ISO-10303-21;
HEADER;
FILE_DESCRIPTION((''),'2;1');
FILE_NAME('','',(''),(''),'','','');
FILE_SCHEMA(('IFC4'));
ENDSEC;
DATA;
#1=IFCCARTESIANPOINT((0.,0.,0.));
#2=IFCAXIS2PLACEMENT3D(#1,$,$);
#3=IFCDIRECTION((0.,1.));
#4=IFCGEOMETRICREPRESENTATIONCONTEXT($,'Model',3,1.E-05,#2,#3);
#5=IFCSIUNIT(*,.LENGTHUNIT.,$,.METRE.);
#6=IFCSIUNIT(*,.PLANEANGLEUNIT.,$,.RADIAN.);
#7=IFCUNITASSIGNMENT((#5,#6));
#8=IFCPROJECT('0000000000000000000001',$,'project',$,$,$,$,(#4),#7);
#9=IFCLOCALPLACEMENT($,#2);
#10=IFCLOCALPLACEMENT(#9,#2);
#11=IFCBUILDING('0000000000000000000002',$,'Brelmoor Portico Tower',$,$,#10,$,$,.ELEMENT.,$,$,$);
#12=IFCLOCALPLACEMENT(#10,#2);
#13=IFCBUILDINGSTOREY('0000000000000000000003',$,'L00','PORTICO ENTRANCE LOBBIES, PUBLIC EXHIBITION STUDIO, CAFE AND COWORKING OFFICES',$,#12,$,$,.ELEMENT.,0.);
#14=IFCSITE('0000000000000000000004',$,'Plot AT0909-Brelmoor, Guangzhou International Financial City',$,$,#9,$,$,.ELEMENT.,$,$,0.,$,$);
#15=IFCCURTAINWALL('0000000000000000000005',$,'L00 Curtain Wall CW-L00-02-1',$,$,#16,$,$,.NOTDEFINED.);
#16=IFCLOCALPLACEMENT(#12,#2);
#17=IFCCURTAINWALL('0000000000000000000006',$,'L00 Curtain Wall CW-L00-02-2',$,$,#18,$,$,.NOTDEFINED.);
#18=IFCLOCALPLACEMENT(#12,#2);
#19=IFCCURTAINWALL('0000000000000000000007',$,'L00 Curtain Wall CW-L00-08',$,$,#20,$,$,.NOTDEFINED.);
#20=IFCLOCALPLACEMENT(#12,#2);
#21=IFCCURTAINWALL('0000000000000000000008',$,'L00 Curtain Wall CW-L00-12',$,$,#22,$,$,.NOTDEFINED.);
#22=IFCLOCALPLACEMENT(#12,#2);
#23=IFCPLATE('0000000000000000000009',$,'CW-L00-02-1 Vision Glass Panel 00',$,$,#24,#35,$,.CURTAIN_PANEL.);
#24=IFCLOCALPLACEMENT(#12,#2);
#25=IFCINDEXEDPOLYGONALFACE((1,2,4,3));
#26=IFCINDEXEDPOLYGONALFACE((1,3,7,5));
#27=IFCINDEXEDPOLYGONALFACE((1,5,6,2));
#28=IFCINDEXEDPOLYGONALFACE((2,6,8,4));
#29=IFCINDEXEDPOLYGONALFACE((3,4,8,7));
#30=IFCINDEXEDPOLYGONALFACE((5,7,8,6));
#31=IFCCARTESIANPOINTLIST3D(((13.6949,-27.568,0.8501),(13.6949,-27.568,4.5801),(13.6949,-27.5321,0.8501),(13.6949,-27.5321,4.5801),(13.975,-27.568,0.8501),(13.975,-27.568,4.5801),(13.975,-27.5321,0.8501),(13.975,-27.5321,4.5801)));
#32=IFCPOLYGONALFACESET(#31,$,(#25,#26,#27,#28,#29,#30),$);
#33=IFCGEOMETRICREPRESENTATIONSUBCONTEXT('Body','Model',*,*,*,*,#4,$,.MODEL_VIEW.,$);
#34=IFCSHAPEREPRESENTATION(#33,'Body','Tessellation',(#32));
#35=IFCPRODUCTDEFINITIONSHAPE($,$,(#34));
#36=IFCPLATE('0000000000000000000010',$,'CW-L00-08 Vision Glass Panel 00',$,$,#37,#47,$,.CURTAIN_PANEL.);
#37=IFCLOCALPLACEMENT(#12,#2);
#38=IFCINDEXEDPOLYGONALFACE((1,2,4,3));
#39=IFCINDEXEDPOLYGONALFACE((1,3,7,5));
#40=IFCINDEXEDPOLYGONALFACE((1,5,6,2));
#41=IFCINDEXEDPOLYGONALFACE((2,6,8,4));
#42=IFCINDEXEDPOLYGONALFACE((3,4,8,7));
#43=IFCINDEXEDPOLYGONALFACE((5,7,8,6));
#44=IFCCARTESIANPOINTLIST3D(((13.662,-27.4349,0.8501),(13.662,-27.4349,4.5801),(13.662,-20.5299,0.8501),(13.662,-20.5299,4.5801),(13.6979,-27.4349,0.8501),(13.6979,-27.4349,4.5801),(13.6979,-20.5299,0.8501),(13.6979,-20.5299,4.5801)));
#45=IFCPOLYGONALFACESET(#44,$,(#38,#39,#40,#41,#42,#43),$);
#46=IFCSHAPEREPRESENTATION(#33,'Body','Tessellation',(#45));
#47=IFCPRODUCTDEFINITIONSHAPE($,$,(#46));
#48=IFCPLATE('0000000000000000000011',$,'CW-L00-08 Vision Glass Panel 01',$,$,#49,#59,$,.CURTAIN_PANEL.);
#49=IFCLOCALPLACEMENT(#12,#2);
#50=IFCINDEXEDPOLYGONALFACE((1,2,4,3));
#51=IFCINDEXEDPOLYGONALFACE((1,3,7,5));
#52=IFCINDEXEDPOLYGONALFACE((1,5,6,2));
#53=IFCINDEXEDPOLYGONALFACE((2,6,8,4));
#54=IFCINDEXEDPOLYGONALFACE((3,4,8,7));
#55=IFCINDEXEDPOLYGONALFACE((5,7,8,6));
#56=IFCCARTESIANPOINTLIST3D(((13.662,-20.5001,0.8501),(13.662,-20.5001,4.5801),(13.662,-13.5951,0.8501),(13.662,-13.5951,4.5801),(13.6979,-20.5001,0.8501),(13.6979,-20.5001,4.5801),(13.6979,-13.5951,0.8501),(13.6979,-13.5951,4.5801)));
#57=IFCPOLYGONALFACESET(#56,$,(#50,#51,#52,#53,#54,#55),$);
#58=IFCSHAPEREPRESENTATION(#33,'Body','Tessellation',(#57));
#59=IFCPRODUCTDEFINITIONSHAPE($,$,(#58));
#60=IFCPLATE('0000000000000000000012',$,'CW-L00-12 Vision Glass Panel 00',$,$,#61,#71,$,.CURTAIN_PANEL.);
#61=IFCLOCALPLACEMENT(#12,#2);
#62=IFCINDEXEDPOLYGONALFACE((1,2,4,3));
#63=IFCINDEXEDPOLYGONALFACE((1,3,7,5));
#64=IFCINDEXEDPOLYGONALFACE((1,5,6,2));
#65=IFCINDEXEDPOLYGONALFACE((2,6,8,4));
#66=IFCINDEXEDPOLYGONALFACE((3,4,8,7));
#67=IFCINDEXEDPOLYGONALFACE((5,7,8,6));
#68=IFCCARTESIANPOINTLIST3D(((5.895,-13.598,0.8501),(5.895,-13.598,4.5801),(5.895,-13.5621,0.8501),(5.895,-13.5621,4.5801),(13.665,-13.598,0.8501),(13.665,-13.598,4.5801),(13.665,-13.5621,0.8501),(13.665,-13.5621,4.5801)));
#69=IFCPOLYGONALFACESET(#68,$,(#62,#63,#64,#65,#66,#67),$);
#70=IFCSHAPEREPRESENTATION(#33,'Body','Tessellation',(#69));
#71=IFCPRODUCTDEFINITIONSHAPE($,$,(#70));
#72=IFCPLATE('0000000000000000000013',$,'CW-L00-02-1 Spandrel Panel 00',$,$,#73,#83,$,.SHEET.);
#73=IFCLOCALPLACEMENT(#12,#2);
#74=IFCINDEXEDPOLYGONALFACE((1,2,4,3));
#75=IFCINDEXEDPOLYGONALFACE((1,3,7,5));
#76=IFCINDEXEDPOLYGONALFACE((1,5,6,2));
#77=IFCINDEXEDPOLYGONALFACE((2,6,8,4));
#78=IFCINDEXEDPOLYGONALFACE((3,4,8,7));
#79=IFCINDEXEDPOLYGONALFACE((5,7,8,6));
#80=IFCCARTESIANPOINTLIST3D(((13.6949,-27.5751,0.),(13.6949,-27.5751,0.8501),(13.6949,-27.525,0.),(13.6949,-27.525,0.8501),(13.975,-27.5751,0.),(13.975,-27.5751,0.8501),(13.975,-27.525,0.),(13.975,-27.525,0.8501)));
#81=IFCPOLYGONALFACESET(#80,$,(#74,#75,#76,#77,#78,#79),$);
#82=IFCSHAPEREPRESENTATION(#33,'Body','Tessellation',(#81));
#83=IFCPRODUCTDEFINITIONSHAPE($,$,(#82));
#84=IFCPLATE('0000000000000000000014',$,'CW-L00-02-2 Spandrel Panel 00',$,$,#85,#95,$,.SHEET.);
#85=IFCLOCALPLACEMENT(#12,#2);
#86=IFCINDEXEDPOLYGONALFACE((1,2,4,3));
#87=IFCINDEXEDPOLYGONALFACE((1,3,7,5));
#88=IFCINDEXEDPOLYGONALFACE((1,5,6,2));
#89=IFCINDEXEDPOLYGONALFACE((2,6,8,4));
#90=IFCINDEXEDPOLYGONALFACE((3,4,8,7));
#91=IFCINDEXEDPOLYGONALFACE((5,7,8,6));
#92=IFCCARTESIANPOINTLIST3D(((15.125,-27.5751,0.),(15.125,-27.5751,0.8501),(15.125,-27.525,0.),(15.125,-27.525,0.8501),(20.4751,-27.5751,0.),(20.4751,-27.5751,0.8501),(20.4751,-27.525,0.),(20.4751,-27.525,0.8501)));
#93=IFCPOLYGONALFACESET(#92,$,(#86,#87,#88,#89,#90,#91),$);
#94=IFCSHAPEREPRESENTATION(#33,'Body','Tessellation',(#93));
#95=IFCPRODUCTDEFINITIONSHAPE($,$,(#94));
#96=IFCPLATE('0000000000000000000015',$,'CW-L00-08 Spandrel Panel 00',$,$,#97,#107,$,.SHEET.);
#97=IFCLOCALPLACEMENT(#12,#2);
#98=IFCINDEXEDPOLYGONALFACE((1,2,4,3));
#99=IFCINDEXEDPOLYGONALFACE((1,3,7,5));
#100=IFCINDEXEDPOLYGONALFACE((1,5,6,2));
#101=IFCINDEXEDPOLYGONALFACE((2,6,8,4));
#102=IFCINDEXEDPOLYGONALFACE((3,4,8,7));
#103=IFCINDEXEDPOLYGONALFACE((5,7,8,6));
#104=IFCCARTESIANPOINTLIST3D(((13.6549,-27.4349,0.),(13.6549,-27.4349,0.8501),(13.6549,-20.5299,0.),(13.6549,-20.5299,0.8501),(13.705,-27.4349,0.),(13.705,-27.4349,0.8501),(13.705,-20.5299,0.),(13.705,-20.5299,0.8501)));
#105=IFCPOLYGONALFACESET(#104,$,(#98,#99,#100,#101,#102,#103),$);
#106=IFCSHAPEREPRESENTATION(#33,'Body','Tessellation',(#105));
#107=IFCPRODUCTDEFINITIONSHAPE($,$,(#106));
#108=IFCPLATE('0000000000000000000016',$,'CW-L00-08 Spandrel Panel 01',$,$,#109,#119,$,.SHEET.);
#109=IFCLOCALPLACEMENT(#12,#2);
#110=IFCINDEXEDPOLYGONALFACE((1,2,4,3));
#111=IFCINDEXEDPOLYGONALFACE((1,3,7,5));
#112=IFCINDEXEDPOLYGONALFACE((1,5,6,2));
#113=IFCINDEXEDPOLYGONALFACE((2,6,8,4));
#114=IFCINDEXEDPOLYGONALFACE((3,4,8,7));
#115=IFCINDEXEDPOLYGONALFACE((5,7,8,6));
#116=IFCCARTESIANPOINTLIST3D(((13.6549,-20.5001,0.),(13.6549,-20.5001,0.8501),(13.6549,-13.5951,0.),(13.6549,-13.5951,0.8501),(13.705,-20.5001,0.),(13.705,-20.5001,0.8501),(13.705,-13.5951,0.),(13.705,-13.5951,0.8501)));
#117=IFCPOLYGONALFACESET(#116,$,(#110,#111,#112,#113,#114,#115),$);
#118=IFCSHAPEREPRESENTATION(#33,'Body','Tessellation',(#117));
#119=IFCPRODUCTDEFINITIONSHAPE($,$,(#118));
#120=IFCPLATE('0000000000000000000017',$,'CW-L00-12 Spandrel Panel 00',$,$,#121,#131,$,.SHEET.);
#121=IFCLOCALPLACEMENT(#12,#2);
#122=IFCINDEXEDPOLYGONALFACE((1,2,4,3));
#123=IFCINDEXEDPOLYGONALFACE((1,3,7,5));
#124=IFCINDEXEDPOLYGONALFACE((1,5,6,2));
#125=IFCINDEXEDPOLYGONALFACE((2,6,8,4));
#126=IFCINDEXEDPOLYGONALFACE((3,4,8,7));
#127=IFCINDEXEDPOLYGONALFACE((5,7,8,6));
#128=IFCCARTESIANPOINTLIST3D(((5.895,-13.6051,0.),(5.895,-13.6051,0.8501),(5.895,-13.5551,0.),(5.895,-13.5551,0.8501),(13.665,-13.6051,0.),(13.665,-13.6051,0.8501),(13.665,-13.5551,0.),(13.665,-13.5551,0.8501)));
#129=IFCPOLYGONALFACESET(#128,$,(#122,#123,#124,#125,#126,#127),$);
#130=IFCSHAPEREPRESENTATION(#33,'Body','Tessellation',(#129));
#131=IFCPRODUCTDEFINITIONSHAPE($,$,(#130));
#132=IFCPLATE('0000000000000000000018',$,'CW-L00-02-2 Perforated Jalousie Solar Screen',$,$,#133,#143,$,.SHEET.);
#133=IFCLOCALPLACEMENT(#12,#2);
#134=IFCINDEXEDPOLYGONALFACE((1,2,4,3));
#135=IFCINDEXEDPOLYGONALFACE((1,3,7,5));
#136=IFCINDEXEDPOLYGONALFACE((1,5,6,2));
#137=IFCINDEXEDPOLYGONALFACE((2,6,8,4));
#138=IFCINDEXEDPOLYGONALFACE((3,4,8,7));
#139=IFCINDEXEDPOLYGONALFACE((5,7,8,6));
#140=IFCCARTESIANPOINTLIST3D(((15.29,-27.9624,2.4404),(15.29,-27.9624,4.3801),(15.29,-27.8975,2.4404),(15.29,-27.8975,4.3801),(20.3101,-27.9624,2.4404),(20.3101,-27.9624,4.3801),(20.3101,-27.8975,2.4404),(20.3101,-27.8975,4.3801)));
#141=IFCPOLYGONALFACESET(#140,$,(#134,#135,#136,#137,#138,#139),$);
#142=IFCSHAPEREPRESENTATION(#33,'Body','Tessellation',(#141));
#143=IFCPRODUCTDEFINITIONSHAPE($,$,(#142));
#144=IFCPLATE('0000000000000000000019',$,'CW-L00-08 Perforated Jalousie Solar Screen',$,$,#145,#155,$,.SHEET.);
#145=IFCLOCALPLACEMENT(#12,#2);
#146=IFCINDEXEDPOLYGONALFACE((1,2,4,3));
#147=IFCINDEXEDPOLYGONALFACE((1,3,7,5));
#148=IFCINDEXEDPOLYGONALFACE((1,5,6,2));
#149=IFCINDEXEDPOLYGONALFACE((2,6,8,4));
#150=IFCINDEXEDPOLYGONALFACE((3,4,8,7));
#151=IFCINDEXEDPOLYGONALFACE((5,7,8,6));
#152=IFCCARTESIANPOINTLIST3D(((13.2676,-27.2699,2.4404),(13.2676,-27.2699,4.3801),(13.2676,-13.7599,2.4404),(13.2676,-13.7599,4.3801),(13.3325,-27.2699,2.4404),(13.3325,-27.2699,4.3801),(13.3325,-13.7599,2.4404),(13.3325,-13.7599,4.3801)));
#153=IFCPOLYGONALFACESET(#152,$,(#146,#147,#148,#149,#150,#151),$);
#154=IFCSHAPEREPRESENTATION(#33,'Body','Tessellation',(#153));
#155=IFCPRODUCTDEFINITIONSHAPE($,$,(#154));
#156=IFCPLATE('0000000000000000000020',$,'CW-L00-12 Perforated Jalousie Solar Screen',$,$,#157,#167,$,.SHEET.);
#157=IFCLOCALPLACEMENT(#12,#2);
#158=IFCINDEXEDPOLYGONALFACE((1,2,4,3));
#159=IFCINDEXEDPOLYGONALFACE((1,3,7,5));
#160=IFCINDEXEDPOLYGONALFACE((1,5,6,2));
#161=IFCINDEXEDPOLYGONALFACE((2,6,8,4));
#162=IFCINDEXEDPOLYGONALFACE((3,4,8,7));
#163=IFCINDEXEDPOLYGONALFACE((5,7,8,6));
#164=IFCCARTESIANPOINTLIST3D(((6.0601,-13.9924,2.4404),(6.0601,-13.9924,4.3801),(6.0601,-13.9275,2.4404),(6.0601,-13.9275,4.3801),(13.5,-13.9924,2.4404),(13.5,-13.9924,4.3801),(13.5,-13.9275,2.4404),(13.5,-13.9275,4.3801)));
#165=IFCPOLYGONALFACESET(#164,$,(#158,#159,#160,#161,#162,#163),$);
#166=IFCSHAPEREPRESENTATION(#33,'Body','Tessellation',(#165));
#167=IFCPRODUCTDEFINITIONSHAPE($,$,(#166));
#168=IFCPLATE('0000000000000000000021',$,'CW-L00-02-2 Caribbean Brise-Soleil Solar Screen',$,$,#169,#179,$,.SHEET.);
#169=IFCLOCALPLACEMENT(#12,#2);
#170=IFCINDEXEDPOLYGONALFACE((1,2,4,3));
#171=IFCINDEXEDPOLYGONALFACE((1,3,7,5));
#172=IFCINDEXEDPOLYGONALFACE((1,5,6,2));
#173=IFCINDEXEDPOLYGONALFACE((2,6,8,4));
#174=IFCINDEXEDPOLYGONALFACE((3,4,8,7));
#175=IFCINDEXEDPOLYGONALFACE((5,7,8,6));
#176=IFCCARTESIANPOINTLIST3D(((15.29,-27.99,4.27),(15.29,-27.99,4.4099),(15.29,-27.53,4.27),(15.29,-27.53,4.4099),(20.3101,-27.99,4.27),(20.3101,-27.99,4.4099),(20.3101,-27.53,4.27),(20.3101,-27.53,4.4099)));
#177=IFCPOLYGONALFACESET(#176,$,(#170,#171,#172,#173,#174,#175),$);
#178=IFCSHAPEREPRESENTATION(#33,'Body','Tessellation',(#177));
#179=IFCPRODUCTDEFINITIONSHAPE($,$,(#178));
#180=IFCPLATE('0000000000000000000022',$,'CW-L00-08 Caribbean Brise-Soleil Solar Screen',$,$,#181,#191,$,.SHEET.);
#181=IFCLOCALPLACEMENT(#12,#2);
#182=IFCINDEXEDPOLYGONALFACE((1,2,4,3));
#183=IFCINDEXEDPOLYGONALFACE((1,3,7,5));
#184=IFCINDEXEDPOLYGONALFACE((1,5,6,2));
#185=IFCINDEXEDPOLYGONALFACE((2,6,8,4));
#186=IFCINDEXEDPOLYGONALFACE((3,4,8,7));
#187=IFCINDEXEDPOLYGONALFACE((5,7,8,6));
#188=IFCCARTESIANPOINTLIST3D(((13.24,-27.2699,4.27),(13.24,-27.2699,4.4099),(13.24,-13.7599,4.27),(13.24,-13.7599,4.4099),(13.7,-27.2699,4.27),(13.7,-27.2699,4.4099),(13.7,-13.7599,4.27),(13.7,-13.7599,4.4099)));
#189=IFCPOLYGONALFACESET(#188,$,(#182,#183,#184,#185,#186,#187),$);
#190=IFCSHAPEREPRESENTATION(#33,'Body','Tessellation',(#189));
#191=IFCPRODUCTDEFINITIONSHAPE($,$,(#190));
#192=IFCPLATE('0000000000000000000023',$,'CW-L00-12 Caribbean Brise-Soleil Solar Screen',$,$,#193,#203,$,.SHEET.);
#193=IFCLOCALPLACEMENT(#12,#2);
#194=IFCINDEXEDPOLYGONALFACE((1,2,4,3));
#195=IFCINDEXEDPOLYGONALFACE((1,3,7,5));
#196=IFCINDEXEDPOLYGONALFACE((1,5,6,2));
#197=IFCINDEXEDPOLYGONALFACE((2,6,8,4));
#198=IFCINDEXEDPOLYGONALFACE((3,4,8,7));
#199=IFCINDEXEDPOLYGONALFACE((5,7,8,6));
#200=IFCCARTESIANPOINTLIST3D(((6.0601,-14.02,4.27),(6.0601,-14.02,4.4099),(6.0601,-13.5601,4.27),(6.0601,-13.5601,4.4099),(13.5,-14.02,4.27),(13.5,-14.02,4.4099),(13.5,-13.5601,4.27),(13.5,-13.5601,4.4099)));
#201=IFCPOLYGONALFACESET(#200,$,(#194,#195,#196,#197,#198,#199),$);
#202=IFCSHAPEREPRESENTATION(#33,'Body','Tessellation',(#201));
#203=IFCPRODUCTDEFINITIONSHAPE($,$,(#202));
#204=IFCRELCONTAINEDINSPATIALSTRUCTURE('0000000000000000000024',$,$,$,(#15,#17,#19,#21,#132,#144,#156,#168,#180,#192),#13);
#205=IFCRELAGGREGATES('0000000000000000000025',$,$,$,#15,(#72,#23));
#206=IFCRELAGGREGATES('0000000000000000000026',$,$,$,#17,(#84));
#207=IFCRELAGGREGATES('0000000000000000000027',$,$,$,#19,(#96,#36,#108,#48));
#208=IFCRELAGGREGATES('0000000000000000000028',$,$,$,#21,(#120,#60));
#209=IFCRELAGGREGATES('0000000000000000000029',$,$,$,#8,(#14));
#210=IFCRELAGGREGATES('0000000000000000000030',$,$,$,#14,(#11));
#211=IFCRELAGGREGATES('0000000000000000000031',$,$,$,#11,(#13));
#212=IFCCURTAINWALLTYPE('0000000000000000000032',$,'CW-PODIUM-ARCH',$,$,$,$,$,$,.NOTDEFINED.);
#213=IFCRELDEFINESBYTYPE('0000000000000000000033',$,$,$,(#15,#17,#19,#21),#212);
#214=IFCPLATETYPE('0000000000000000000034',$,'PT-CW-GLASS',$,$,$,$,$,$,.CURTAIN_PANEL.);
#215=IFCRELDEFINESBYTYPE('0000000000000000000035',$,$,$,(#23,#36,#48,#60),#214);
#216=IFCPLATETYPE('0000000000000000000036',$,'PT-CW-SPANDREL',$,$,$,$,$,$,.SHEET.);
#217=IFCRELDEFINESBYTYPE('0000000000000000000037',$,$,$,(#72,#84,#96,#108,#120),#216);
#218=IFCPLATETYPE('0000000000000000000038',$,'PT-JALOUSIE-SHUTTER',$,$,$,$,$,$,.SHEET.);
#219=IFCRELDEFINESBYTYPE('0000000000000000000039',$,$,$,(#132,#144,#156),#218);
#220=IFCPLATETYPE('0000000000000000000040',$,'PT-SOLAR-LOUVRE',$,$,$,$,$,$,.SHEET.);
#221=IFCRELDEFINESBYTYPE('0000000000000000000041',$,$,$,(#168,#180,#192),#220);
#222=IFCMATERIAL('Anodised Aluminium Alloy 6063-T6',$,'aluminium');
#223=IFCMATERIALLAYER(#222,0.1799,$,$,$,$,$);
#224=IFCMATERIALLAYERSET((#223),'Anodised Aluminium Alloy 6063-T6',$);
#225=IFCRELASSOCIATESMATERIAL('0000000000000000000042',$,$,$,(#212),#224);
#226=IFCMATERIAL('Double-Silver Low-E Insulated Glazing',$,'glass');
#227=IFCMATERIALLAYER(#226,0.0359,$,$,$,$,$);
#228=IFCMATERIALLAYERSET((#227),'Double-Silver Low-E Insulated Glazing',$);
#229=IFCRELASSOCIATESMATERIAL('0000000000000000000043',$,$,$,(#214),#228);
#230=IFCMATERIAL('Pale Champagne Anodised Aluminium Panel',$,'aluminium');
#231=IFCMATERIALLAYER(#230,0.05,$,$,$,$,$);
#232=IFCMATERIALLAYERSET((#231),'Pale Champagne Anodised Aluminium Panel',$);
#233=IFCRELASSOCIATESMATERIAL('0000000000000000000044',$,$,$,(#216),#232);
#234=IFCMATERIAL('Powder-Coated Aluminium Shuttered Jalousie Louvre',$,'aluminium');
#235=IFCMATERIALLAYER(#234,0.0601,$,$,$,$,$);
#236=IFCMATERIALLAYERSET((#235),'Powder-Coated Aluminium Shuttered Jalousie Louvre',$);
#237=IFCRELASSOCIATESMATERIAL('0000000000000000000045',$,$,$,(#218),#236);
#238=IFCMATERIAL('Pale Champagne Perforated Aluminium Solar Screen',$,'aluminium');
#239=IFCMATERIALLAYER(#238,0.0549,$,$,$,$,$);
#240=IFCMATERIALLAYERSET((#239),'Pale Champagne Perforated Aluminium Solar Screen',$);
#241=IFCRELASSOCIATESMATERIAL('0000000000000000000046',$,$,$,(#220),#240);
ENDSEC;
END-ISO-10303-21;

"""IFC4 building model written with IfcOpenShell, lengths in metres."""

from ifc_helpers import new_model, si_unit, direction, frame, origin, origin_2d, place, context, subcontext, project, spatial, rectangle, extrude, material, layer, layer_set, type_object, element, aggregate, save


model = new_model("IFC4")

# Units and contexts
model_context = context("Model", 3, precision=1e-05, world=origin(), true_north=direction((0.0, 1.0)))
body_context = subcontext(model_context, "Body", "Model", "MODEL_VIEW")
ifc_project = project(units=[si_unit("LENGTHUNIT", "METRE"), si_unit("PLANEANGLEUNIT", "RADIAN")], contexts=[model_context])

# Site, building, storey
site_placement = place(None, origin())
site = spatial("IfcSite", under=ifc_project, at=site_placement, Name="Plot AT0909-Brelmoor, Guangzhou International Financial City", CompositionType="ELEMENT", RefElevation=0.0)
building_placement = place(site_placement, origin())
building = spatial("IfcBuilding", under=site, at=building_placement, Name="Brelmoor Portico Tower", CompositionType="ELEMENT")
storey_placement = place(building_placement, origin())
storey = spatial("IfcBuildingStorey", under=building, at=storey_placement, Name="L00", Description="PORTICO ENTRANCE LOBBIES, PUBLIC EXHIBITION STUDIO, CAFE AND COWORKING OFFICES", CompositionType="ELEMENT", Elevation=0.0)

# Curtain wall
ifc_material_1 = material(Name="Anodised Aluminium Alloy 6063-T6", Category="aluminium")
ifc_layer_1 = layer(ifc_material_1, 0.1799)
ifc_layer_set_1 = layer_set([ifc_layer_1], Name="Anodised Aluminium Alloy 6063-T6")
curtain_wall_type = type_object("IfcCurtainWallType", Name="CW-PODIUM-ARCH", PredefinedType="NOTDEFINED", material=ifc_layer_set_1)
curtain_wall_1_placement = place(storey_placement, origin())
curtain_wall_1 = element("IfcCurtainWall", 1, at=curtain_wall_1_placement, inside=storey, type_object=curtain_wall_type, Name="L00 Curtain Wall CW-L00-02-1", PredefinedType="NOTDEFINED")

# Curtain wall
curtain_wall_2_placement = place(storey_placement, origin())
curtain_wall_2 = element("IfcCurtainWall", 2, at=curtain_wall_2_placement, inside=storey, type_object=curtain_wall_type, Name="L00 Curtain Wall CW-L00-02-2", PredefinedType="NOTDEFINED")

# Curtain wall
curtain_wall_3_placement = place(storey_placement, origin())
curtain_wall_3 = element("IfcCurtainWall", 3, at=curtain_wall_3_placement, inside=storey, type_object=curtain_wall_type, Name="L00 Curtain Wall CW-L00-08", PredefinedType="NOTDEFINED")

# Curtain wall
curtain_wall_4_placement = place(storey_placement, origin())
curtain_wall_4 = element("IfcCurtainWall", 4, at=curtain_wall_4_placement, inside=storey, type_object=curtain_wall_type, Name="L00 Curtain Wall CW-L00-12", PredefinedType="NOTDEFINED")

# Plates
ifc_material_2 = material(Name="Double-Silver Low-E Insulated Glazing", Category="glass")
ifc_layer_2 = layer(ifc_material_2, 0.0359)
ifc_layer_set_2 = layer_set([ifc_layer_2], Name="Double-Silver Low-E Insulated Glazing")
plate_type_1 = type_object("IfcPlateType", Name="PT-CW-GLASS", PredefinedType="CURTAIN_PANEL", material=ifc_layer_set_2)
plate_1_placement = place(storey_placement, frame((13.835, -27.55, 0.8501), z_axis=(0.0, 0.0, 1.0), x_axis=(1.0, 0.0, 0.0)))
plate_1 = element("IfcPlate", 5, at=plate_1_placement, type_object=plate_type_1, Name="CW-L00-02-1 Vision Glass Panel 00", PredefinedType="CURTAIN_PANEL", context=body_context, shape_type="SweptSolid", body=[
    extrude(rectangle(XDim=0.28, YDim=0.0359, at=origin_2d()), origin(), (0.0, 0.0, 1.0), 3.73),
])
plate_2_placement = place(storey_placement, frame((13.6799, -23.9824, 0.8501), z_axis=(0.0, 0.0, 1.0), x_axis=(0.0, 1.0, 0.0)))
plate_2 = element("IfcPlate", 6, at=plate_2_placement, type_object=plate_type_1, Name="CW-L00-08 Vision Glass Panel 00", PredefinedType="CURTAIN_PANEL", context=body_context, shape_type="SweptSolid", body=[
    extrude(rectangle(XDim=6.905, YDim=0.0359, at=origin_2d()), origin(), (0.0, 0.0, 1.0), 3.73),
])
plate_3_placement = place(storey_placement, frame((13.6799, -17.0476, 0.8501), z_axis=(0.0, 0.0, 1.0), x_axis=(0.0, 1.0, 0.0)))
plate_3 = element("IfcPlate", 7, at=plate_3_placement, type_object=plate_type_1, Name="CW-L00-08 Vision Glass Panel 01", PredefinedType="CURTAIN_PANEL", context=body_context, shape_type="SweptSolid", body=[
    extrude(rectangle(XDim=6.905, YDim=0.0359, at=origin_2d()), origin(), (0.0, 0.0, 1.0), 3.73),
])
plate_4_placement = place(storey_placement, frame((9.78, -13.5801, 0.8501), z_axis=(0.0, 0.0, 1.0), x_axis=(1.0, 0.0, 0.0)))
plate_4 = element("IfcPlate", 8, at=plate_4_placement, type_object=plate_type_1, Name="CW-L00-12 Vision Glass Panel 00", PredefinedType="CURTAIN_PANEL", context=body_context, shape_type="SweptSolid", body=[
    extrude(rectangle(XDim=7.77, YDim=0.0359, at=origin_2d()), origin(), (0.0, 0.0, 1.0), 3.73),
])
ifc_material_3 = material(Name="Pale Champagne Anodised Aluminium Panel", Category="aluminium")
ifc_layer_3 = layer(ifc_material_3, 0.05)
ifc_layer_set_3 = layer_set([ifc_layer_3], Name="Pale Champagne Anodised Aluminium Panel")
plate_type_2 = type_object("IfcPlateType", Name="PT-CW-SPANDREL", PredefinedType="SHEET", material=ifc_layer_set_3)
plate_5_placement = place(storey_placement, frame((13.835, -27.55, 0.0), z_axis=(0.0, 0.0, 1.0), x_axis=(1.0, 0.0, 0.0)))
plate_5 = element("IfcPlate", 9, at=plate_5_placement, type_object=plate_type_2, Name="CW-L00-02-1 Spandrel Panel 00", PredefinedType="SHEET", context=body_context, shape_type="SweptSolid", body=[
    extrude(rectangle(XDim=0.28, YDim=0.05, at=origin_2d()), origin(), (0.0, 0.0, 1.0), 0.8501),
])
aggregate(curtain_wall_1, [plate_5, plate_1])
plate_6_placement = place(storey_placement, frame((17.8, -27.55, 0.0), z_axis=(0.0, 0.0, 1.0), x_axis=(1.0, 0.0, 0.0)))
plate_6 = element("IfcPlate", 10, at=plate_6_placement, type_object=plate_type_2, Name="CW-L00-02-2 Spandrel Panel 00", PredefinedType="SHEET", context=body_context, shape_type="SweptSolid", body=[
    extrude(rectangle(XDim=5.3501, YDim=0.05, at=origin_2d()), origin(), (0.0, 0.0, 1.0), 0.8501),
])
aggregate(curtain_wall_2, [plate_6])
plate_7_placement = place(storey_placement, frame((13.6799, -23.9824, 0.0), z_axis=(0.0, 0.0, 1.0), x_axis=(0.0, 1.0, 0.0)))
plate_7 = element("IfcPlate", 11, at=plate_7_placement, type_object=plate_type_2, Name="CW-L00-08 Spandrel Panel 00", PredefinedType="SHEET", context=body_context, shape_type="SweptSolid", body=[
    extrude(rectangle(XDim=6.905, YDim=0.05, at=origin_2d()), origin(), (0.0, 0.0, 1.0), 0.8501),
])
plate_8_placement = place(storey_placement, frame((13.6799, -17.0476, 0.0), z_axis=(0.0, 0.0, 1.0), x_axis=(0.0, 1.0, 0.0)))
plate_8 = element("IfcPlate", 12, at=plate_8_placement, type_object=plate_type_2, Name="CW-L00-08 Spandrel Panel 01", PredefinedType="SHEET", context=body_context, shape_type="SweptSolid", body=[
    extrude(rectangle(XDim=6.905, YDim=0.05, at=origin_2d()), origin(), (0.0, 0.0, 1.0), 0.8501),
])
aggregate(curtain_wall_3, [plate_7, plate_2, plate_8, plate_3])
plate_9_placement = place(storey_placement, frame((9.78, -13.5801, 0.0), z_axis=(0.0, 0.0, 1.0), x_axis=(1.0, 0.0, 0.0)))
plate_9 = element("IfcPlate", 13, at=plate_9_placement, type_object=plate_type_2, Name="CW-L00-12 Spandrel Panel 00", PredefinedType="SHEET", context=body_context, shape_type="SweptSolid", body=[
    extrude(rectangle(XDim=7.77, YDim=0.05, at=origin_2d()), origin(), (0.0, 0.0, 1.0), 0.8501),
])
aggregate(curtain_wall_4, [plate_9, plate_4])

# Plates
ifc_material_4 = material(Name="Powder-Coated Aluminium Shuttered Jalousie Louvre", Category="aluminium")
ifc_layer_4 = layer(ifc_material_4, 0.0601)
ifc_layer_set_4 = layer_set([ifc_layer_4], Name="Powder-Coated Aluminium Shuttered Jalousie Louvre")
plate_type_3 = type_object("IfcPlateType", Name="PT-JALOUSIE-SHUTTER", PredefinedType="SHEET", material=ifc_layer_set_4)
plate_10_placement = place(storey_placement, frame((17.8, -27.9299, 2.4404), z_axis=(0.0, 0.0, 1.0), x_axis=(1.0, 0.0, 0.0)))
element("IfcPlate", 14, at=plate_10_placement, inside=storey, type_object=plate_type_3, Name="CW-L00-02-2 Perforated Jalousie Solar Screen", PredefinedType="SHEET", context=body_context, shape_type="SweptSolid", body=[
    extrude(rectangle(XDim=5.02, YDim=0.0649, at=origin_2d()), origin(), (0.0, 0.0, 1.0), 1.9397),
])
plate_11_placement = place(storey_placement, frame((13.3, -20.5149, 2.4404), z_axis=(0.0, 0.0, 1.0), x_axis=(0.0, 1.0, 0.0)))
element("IfcPlate", 15, at=plate_11_placement, inside=storey, type_object=plate_type_3, Name="CW-L00-08 Perforated Jalousie Solar Screen", PredefinedType="SHEET", context=body_context, shape_type="SweptSolid", body=[
    extrude(rectangle(XDim=13.51, YDim=0.0649, at=origin_2d()), origin(), (0.0, 0.0, 1.0), 1.9397),
])
plate_12_placement = place(storey_placement, frame((9.78, -13.96, 2.4404), z_axis=(0.0, 0.0, 1.0), x_axis=(1.0, 0.0, 0.0)))
element("IfcPlate", 16, at=plate_12_placement, inside=storey, type_object=plate_type_3, Name="CW-L00-12 Perforated Jalousie Solar Screen", PredefinedType="SHEET", context=body_context, shape_type="SweptSolid", body=[
    extrude(rectangle(XDim=7.4399, YDim=0.0649, at=origin_2d()), origin(), (0.0, 0.0, 1.0), 1.9397),
])
ifc_material_5 = material(Name="Pale Champagne Perforated Aluminium Solar Screen", Category="aluminium")
ifc_layer_5 = layer(ifc_material_5, 0.0549)
ifc_layer_set_5 = layer_set([ifc_layer_5], Name="Pale Champagne Perforated Aluminium Solar Screen")
plate_type_4 = type_object("IfcPlateType", Name="PT-SOLAR-LOUVRE", PredefinedType="SHEET", material=ifc_layer_set_5)
plate_13_placement = place(storey_placement, frame((17.8, -27.76, 4.27), z_axis=(0.0, 0.0, 1.0), x_axis=(1.0, 0.0, 0.0)))
element("IfcPlate", 17, at=plate_13_placement, inside=storey, type_object=plate_type_4, Name="CW-L00-02-2 Caribbean Brise-Soleil Solar Screen", PredefinedType="SHEET", context=body_context, shape_type="SweptSolid", body=[
    extrude(rectangle(XDim=5.02, YDim=0.46, at=origin_2d()), origin(), (0.0, 0.0, 1.0), 0.1399),
])
plate_14_placement = place(storey_placement, frame((13.47, -20.5149, 4.27), z_axis=(0.0, 0.0, 1.0), x_axis=(0.0, 1.0, 0.0)))
element("IfcPlate", 18, at=plate_14_placement, inside=storey, type_object=plate_type_4, Name="CW-L00-08 Caribbean Brise-Soleil Solar Screen", PredefinedType="SHEET", context=body_context, shape_type="SweptSolid", body=[
    extrude(rectangle(XDim=13.51, YDim=0.46, at=origin_2d()), origin(), (0.0, 0.0, 1.0), 0.1399),
])
plate_15_placement = place(storey_placement, frame((9.78, -13.79, 4.27), z_axis=(0.0, 0.0, 1.0), x_axis=(1.0, 0.0, 0.0)))
element("IfcPlate", 19, at=plate_15_placement, inside=storey, type_object=plate_type_4, Name="CW-L00-12 Caribbean Brise-Soleil Solar Screen", PredefinedType="SHEET", context=body_context, shape_type="SweptSolid", body=[
    extrude(rectangle(XDim=7.4399, YDim=0.46, at=origin_2d()), origin(), (0.0, 0.0, 1.0), 0.1399),
])

save(model, "model.ifc")
